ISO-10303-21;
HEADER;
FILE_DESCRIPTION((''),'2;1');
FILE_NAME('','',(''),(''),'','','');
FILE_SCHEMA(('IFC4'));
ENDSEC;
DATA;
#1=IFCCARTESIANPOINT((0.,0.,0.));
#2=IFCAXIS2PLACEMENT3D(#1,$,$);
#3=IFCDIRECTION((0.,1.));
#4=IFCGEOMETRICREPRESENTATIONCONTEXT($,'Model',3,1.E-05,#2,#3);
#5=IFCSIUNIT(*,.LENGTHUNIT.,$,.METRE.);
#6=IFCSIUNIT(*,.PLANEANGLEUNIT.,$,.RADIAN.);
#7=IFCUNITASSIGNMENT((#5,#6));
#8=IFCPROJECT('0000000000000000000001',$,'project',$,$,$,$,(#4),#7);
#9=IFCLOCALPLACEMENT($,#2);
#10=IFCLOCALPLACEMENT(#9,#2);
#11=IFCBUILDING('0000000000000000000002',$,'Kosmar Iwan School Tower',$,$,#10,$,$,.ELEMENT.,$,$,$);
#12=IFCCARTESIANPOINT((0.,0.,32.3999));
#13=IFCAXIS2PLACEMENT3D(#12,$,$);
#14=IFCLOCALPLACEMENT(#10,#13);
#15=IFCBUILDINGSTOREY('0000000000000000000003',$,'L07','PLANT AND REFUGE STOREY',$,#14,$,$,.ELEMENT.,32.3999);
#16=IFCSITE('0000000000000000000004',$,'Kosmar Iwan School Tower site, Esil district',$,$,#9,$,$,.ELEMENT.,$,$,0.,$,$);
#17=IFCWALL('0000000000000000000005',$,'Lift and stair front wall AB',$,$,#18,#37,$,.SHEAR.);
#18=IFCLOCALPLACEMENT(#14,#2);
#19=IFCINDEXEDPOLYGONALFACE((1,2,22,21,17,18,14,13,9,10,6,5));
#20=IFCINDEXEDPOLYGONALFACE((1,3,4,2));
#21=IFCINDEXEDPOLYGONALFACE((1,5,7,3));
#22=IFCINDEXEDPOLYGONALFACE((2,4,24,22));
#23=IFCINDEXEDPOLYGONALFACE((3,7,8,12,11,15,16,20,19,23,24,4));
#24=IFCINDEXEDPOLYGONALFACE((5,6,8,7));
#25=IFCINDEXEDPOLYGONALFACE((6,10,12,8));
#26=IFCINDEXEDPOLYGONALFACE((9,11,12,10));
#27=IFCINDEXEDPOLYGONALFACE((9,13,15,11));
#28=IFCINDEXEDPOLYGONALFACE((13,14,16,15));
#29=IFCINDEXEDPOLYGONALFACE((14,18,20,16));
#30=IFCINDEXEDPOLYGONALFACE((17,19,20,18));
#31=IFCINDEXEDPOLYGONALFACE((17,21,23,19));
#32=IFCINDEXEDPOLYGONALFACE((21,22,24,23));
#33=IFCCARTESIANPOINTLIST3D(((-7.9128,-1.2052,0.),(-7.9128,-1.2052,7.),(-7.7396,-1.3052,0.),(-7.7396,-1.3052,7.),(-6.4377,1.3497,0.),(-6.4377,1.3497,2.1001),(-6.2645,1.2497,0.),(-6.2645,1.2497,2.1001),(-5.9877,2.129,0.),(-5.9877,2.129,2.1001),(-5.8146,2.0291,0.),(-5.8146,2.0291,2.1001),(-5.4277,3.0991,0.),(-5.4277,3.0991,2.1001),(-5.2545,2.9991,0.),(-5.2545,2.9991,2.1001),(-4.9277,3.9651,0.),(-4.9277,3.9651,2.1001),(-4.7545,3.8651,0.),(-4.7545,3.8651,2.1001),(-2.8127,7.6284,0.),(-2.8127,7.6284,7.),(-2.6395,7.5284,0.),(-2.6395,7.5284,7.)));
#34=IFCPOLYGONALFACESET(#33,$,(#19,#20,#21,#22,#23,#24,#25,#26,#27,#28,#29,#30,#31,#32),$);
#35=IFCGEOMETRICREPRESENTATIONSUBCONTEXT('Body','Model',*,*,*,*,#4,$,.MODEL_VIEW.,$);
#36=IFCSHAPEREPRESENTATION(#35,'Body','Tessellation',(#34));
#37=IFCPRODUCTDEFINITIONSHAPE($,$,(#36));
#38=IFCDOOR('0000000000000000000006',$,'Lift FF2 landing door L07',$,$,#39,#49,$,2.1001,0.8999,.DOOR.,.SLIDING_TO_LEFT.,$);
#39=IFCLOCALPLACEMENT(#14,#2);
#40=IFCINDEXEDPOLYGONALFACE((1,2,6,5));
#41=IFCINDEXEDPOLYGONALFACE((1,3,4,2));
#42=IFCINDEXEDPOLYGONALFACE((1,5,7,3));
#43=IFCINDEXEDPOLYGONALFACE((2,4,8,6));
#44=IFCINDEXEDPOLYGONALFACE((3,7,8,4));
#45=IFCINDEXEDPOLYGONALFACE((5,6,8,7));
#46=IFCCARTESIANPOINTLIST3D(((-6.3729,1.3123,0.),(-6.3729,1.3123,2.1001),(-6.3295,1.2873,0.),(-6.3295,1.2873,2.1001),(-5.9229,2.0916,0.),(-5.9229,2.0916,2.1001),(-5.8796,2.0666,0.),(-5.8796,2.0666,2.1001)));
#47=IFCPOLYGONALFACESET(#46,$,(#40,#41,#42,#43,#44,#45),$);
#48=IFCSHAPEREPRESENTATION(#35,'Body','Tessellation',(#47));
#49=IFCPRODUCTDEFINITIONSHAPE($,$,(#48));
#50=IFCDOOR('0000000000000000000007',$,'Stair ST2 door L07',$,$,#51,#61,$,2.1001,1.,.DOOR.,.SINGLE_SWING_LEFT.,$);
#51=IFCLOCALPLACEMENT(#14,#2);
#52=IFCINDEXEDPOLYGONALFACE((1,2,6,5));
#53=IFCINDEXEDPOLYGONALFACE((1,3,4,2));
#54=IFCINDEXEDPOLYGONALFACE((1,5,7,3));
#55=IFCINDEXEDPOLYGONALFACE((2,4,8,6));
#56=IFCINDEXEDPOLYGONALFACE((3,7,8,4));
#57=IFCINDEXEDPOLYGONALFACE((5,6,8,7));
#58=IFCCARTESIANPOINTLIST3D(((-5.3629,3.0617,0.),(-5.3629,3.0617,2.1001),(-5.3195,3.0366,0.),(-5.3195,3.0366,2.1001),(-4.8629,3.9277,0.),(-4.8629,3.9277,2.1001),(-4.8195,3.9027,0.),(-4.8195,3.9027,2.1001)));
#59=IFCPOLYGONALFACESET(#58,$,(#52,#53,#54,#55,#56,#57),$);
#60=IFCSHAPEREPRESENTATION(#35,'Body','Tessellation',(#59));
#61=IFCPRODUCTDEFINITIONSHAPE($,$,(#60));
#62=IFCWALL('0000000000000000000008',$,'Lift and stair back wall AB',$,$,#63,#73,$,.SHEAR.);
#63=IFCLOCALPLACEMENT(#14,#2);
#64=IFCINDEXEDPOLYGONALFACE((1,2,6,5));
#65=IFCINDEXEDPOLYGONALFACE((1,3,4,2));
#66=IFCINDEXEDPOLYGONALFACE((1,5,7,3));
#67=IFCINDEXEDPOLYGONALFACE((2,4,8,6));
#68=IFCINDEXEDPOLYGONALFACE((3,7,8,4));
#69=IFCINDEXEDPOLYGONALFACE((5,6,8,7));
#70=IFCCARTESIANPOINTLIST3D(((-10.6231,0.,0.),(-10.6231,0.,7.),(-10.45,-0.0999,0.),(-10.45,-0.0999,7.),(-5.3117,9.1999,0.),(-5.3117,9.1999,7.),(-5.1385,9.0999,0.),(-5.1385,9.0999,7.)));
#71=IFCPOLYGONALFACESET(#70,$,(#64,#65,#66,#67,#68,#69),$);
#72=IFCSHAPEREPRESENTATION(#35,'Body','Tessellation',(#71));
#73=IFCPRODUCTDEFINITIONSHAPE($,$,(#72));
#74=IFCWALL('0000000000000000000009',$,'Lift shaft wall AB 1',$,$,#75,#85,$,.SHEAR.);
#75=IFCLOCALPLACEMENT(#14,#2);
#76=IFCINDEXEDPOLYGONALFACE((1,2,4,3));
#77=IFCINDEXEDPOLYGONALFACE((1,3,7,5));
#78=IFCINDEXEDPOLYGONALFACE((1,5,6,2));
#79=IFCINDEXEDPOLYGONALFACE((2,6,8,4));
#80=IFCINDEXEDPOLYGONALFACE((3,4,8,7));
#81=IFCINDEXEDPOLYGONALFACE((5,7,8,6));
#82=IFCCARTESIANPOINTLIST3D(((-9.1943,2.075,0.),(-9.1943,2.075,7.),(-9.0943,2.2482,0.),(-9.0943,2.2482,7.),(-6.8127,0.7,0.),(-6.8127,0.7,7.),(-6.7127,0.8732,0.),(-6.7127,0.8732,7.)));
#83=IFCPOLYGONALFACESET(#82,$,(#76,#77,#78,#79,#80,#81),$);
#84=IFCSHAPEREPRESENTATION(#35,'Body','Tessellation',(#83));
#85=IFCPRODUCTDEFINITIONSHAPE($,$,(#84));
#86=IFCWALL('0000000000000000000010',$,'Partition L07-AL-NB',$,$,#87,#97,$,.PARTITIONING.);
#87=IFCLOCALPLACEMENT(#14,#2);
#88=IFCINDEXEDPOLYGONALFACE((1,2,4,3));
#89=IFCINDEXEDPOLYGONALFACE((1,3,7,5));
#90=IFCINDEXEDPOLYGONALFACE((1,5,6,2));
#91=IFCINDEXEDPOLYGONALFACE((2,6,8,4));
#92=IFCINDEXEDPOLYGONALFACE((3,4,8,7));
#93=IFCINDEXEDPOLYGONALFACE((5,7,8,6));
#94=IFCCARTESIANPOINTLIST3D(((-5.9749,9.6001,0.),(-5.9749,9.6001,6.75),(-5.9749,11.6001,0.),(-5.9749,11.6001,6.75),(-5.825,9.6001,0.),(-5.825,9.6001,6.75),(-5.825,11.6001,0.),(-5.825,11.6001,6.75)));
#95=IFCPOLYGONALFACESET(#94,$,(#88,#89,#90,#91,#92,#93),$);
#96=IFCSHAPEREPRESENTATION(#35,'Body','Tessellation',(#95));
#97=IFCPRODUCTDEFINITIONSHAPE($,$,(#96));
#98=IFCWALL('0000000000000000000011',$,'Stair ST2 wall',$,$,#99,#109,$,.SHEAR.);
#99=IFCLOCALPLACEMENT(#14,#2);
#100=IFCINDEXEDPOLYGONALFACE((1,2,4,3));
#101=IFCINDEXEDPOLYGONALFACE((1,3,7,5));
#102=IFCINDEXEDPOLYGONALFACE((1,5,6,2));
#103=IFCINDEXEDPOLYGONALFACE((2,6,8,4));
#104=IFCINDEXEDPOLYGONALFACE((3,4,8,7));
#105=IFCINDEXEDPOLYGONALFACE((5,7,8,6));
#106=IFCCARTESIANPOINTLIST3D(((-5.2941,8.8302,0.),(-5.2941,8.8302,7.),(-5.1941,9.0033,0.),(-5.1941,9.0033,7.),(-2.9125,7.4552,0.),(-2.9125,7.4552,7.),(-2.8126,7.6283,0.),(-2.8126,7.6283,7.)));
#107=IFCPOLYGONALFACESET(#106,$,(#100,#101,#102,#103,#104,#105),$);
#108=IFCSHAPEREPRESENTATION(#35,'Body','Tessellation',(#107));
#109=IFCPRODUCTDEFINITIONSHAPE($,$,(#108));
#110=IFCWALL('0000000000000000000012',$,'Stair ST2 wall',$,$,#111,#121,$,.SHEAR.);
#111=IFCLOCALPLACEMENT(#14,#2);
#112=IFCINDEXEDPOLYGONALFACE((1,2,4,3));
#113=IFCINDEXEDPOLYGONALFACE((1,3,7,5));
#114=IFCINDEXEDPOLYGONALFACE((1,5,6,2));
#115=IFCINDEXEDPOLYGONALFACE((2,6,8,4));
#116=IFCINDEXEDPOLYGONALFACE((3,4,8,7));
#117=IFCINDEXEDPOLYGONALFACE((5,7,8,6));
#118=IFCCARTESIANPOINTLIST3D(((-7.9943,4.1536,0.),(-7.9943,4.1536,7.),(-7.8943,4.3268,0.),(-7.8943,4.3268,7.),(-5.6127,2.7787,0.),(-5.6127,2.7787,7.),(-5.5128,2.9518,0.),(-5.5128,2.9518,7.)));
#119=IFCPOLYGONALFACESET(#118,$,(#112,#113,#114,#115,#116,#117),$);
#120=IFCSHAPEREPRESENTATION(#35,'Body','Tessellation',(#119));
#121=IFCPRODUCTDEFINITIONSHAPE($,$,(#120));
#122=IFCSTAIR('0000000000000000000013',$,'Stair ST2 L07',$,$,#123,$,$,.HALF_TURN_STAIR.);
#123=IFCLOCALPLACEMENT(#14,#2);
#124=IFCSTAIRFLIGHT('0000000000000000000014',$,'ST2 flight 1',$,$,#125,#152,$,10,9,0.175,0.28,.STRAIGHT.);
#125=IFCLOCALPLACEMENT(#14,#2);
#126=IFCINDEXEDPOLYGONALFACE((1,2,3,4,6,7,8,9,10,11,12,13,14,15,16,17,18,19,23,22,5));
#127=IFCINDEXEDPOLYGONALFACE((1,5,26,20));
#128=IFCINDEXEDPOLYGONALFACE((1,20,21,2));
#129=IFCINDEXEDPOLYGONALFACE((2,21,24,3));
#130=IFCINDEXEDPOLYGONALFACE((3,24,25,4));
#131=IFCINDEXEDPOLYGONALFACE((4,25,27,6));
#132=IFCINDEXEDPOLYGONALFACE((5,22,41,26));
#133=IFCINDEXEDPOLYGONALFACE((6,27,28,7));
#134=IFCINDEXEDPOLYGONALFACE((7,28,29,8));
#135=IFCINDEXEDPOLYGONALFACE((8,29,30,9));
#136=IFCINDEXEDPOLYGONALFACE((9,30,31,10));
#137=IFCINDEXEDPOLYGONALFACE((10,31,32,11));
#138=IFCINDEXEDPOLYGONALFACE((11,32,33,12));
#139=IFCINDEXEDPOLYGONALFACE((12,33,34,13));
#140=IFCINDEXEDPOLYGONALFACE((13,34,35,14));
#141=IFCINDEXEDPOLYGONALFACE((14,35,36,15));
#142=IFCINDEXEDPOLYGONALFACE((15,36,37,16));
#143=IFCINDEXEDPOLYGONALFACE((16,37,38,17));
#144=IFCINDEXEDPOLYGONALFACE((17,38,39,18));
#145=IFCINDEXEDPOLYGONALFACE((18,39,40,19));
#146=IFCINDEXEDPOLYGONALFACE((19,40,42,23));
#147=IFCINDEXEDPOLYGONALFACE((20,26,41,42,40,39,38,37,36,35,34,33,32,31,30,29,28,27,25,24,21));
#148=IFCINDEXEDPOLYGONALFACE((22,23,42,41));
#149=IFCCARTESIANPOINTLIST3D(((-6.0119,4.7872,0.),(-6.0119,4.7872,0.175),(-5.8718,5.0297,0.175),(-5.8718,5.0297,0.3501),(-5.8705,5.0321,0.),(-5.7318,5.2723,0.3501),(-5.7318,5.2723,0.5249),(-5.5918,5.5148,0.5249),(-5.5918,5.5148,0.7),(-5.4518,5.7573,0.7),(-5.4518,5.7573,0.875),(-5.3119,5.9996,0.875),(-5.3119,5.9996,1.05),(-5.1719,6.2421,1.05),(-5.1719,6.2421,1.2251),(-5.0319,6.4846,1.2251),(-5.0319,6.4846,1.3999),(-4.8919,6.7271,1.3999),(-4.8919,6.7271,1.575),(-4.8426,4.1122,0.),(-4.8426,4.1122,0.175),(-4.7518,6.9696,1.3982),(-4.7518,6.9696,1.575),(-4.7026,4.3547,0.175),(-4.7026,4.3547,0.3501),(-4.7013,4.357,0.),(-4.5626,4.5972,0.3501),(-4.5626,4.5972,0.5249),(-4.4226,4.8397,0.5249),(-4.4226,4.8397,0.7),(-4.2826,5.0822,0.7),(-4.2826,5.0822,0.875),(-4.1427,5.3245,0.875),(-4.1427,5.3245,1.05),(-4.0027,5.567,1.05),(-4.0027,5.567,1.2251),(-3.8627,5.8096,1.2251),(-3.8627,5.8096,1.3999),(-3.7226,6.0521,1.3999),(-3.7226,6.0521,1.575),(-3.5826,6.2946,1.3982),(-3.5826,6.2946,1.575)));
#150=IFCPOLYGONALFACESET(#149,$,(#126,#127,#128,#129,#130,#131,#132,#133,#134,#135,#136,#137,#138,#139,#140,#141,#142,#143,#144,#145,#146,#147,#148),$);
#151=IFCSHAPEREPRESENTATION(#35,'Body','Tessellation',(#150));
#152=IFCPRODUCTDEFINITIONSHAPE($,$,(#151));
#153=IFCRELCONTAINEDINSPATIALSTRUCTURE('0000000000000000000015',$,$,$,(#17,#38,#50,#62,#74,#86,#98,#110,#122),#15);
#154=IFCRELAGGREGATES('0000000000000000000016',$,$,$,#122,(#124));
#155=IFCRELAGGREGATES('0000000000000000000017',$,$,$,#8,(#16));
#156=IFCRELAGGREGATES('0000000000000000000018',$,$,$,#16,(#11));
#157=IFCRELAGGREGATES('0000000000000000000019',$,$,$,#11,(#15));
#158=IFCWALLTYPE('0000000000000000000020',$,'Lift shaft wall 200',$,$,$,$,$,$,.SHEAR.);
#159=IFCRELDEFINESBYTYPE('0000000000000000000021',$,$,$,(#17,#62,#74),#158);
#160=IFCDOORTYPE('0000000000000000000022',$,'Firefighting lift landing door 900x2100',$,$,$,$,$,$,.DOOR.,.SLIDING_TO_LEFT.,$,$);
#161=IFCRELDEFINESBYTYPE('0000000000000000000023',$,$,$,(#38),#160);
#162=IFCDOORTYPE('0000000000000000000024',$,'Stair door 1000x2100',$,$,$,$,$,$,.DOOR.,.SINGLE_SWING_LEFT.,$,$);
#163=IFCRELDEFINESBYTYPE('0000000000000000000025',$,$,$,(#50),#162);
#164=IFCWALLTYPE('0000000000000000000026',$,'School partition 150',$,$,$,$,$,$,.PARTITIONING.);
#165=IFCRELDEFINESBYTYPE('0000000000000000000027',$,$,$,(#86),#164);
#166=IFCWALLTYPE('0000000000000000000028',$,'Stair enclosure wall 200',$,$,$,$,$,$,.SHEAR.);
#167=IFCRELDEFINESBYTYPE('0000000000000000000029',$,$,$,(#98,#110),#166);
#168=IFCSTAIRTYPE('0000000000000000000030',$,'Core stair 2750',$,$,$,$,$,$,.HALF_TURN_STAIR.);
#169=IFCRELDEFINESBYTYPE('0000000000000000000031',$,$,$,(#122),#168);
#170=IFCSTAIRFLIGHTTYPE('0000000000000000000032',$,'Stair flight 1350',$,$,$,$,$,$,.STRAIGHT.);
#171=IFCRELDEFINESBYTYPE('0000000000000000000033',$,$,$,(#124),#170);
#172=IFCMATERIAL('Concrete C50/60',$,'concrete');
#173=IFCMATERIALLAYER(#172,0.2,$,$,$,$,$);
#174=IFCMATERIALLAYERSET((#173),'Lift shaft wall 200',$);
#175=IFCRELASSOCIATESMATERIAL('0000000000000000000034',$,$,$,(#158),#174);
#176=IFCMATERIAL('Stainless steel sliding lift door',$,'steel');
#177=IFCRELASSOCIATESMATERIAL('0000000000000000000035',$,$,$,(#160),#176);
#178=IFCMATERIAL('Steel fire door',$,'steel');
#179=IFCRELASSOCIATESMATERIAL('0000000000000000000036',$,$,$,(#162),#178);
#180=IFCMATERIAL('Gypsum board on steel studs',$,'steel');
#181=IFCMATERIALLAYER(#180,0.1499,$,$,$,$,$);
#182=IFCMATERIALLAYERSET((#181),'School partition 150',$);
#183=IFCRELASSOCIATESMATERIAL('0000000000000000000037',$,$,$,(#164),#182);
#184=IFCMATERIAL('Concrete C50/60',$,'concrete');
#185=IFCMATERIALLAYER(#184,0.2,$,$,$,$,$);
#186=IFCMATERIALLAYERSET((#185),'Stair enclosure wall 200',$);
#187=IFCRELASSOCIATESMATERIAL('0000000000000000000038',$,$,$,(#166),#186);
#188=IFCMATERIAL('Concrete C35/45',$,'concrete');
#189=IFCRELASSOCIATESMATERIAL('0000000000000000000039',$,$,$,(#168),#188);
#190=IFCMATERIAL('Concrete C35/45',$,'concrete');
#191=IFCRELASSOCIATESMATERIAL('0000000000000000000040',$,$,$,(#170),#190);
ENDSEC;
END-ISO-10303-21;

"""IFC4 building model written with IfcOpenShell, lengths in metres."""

from ifc_helpers import new_model, si_unit, direction, frame, frame_2d, origin, place, context, subcontext, project, spatial, polyline, rectangle, outline, extrude, material, layer, layer_set, type_object, element, fill, aggregate, save


model = new_model("IFC4")

# Units and contexts
model_context = context("Model", 3, precision=1e-05, world=origin(), true_north=direction((0.0, 1.0)))
body_context = subcontext(model_context, "Body", "Model", "MODEL_VIEW")
ifc_project = project(units=[si_unit("LENGTHUNIT", "METRE"), si_unit("PLANEANGLEUNIT", "RADIAN")], contexts=[model_context])

# Site, building, storey
site_placement = place(None, origin())
site = spatial("IfcSite", under=ifc_project, at=site_placement, Name="Kosmar Iwan School Tower site, Esil district", CompositionType="ELEMENT", RefElevation=0.0)
building_placement = place(site_placement, origin())
building = spatial("IfcBuilding", under=site, at=building_placement, Name="Kosmar Iwan School Tower", CompositionType="ELEMENT")
storey_placement = place(building_placement, frame((0.0, 0.0, 32.3999)))
storey = spatial("IfcBuildingStorey", under=building, at=storey_placement, Name="L07", Description="PLANT AND REFUGE STOREY", CompositionType="ELEMENT", Elevation=32.3999)

# Wall, openings, doors
ifc_material_1 = material(Name="Concrete C50/60", Category="concrete")
ifc_layer_1 = layer(ifc_material_1, 0.2)
ifc_layer_set_1 = layer_set([ifc_layer_1], Name="Lift shaft wall 200")
wall_type_1 = type_object("IfcWallType", Name="Lift shaft wall 200", PredefinedType="SHEAR", material=ifc_layer_set_1)
wall_1_placement = place(storey_placement, frame((-2.7261, 7.5784, 0.0), z_axis=(0.0, 0.0, 1.0), x_axis=(-0.500006, -0.866022, 0.0)))
wall_1 = element("IfcWall", 1, at=wall_1_placement, inside=storey, type_object=wall_type_1, Name="Lift and stair front wall AB", PredefinedType="SHEAR", context=body_context, shape_type="SweptSolid", body=[
    extrude(rectangle(XDim=10.2002, YDim=0.2, at=frame_2d((5.1001, 0.0))), origin(), (0.0, 0.0, 1.0), 7.0),
])
opening_1_placement = place(wall_1_placement, frame((6.3501, 0.0, 0.0)))
opening_1 = element("IfcOpeningElement", 2, at=opening_1_placement, cuts=wall_1, PredefinedType="OPENING", context=body_context, shape_type="SweptSolid", body=[
    extrude(rectangle(XDim=0.8999, YDim=2.1001, at=frame_2d((0.45, 1.05))), frame((0.0, 0.1121, 0.0), z_axis=(0.0, -1.0, 0.0), x_axis=(1.0, 0.0, 0.0)), (0.0, 0.0, 1.0), 0.2239),
])
opening_2_placement = place(wall_1_placement, frame((4.23, 0.0, 0.0)))
opening_2 = element("IfcOpeningElement", 3, at=opening_2_placement, cuts=wall_1, PredefinedType="OPENING", context=body_context, shape_type="SweptSolid", body=[
    extrude(rectangle(XDim=1.0, YDim=2.1001, at=frame_2d((0.5, 1.05))), frame((0.0, 0.1121, 0.0), z_axis=(0.0, -1.0, 0.0), x_axis=(1.0, 0.0, 0.0)), (0.0, 0.0, 1.0), 0.2239),
])
ifc_material_2 = material(Name="Stainless steel sliding lift door", Category="steel")
door_type_1 = type_object("IfcDoorType", Name="Firefighting lift landing door 900x2100", OperationType="SLIDING_TO_LEFT", PredefinedType="DOOR", material=ifc_material_2)
door_1_placement = place(opening_1_placement, origin())
door_1 = element("IfcDoor", 4, at=door_1_placement, inside=storey, type_object=door_type_1, Name="Lift FF2 landing door L07", OperationType="SLIDING_TO_LEFT", OverallHeight=2.1001, OverallWidth=0.8999, PredefinedType="DOOR", context=body_context, shape_type="SweptSolid", body=[
    extrude(rectangle(XDim=0.8999, YDim=2.1001, at=frame_2d((0.45, 1.05))), frame((0.0, 0.0249, 0.0), z_axis=(0.0, -1.0, 0.0), x_axis=(1.0, 0.0, 0.0)), (0.0, 0.0, 1.0), 0.05),
])
fill(opening_1, door_1)
ifc_material_3 = material(Name="Steel fire door", Category="steel")
door_type_2 = type_object("IfcDoorType", Name="Stair door 1000x2100", OperationType="SINGLE_SWING_LEFT", PredefinedType="DOOR", material=ifc_material_3)
door_2_placement = place(opening_2_placement, origin())
door_2 = element("IfcDoor", 5, at=door_2_placement, inside=storey, type_object=door_type_2, Name="Stair ST2 door L07", OperationType="SINGLE_SWING_LEFT", OverallHeight=2.1001, OverallWidth=1.0, PredefinedType="DOOR", context=body_context, shape_type="SweptSolid", body=[
    extrude(rectangle(XDim=1.0, YDim=2.1001, at=frame_2d((0.5, 1.05))), frame((0.0, 0.0249, 0.0), z_axis=(0.0, -1.0, 0.0), x_axis=(1.0, 0.0, 0.0)), (0.0, 0.0, 1.0), 0.05),
])
fill(opening_2, door_2)

# Walls
wall_2_placement = place(storey_placement, frame((-5.2251, 9.1499, 0.0), z_axis=(0.0, 0.0, 1.0), x_axis=(-0.499995, -0.866028, 0.0)))
element("IfcWall", 6, at=wall_2_placement, inside=storey, type_object=wall_type_1, Name="Lift and stair back wall AB", PredefinedType="SHEAR", context=body_context, shape_type="SweptSolid", body=[
    extrude(rectangle(XDim=10.623, YDim=0.2, at=frame_2d((5.3115, 0.0))), origin(), (0.0, 0.0, 1.0), 7.0),
])
wall_3_placement = place(storey_placement, frame((-6.7627, 0.7866, 0.0), z_axis=(0.0, 0.0, 1.0), x_axis=(-0.866027, 0.499997, 0.0)))
element("IfcWall", 7, at=wall_3_placement, inside=storey, type_object=wall_type_1, Name="Lift shaft wall AB 1", PredefinedType="SHEAR", context=body_context, shape_type="SweptSolid", body=[
    extrude(rectangle(XDim=2.75, YDim=0.2, at=frame_2d((1.375, 0.0))), origin(), (0.0, 0.0, 1.0), 7.0),
])
ifc_material_4 = material(Name="Gypsum board on steel studs", Category="steel")
ifc_layer_2 = layer(ifc_material_4, 0.1499)
ifc_layer_set_2 = layer_set([ifc_layer_2], Name="School partition 150")
wall_type_2 = type_object("IfcWallType", Name="School partition 150", PredefinedType="PARTITIONING", material=ifc_layer_set_2)
wall_4_placement = place(storey_placement, frame((-5.8999, 9.6001, 0.0), z_axis=(0.0, 0.0, 1.0), x_axis=(0.0, 1.0, 0.0)))
element("IfcWall", 8, at=wall_4_placement, inside=storey, type_object=wall_type_2, Name="Partition L07-AL-NB", PredefinedType="PARTITIONING", context=body_context, shape_type="SweptSolid", body=[
    extrude(rectangle(XDim=2.0, YDim=0.1499, at=frame_2d((1.0, 0.0))), origin(), (0.0, 0.0, 1.0), 6.75),
])
ifc_material_5 = material(Name="Concrete C50/60", Category="concrete")
ifc_layer_3 = layer(ifc_material_5, 0.2)
ifc_layer_set_3 = layer_set([ifc_layer_3], Name="Stair enclosure wall 200")
wall_type_3 = type_object("IfcWallType", Name="Stair enclosure wall 200", PredefinedType="SHEAR", material=ifc_layer_set_3)
for number, where, z_axis, x_axis, name in (
    (9, (-2.8625, 7.5417, 0.0), (0.0, 0.0, 1.0), (-0.866027, 0.499997, 0.0), "Stair ST2 wall"),
    (10, (-5.5627, 2.8652, 0.0), (0.0, 0.0, 1.0), (-0.866027, 0.499997, 0.0), "Stair ST2 wall"),
):
    element("IfcWall", number, at=place(storey_placement, frame(where, z_axis=z_axis, x_axis=x_axis)), inside=storey, type_object=wall_type_3, Name=name, PredefinedType="SHEAR", context=body_context, shape_type="SweptSolid", body=[
        extrude(rectangle(XDim=2.75, YDim=0.2, at=frame_2d((1.375, 0.0))), origin(), (0.0, 0.0, 1.0), 7.0),
    ])

# Stair, stair flight
ifc_material_6 = material(Name="Concrete C35/45", Category="concrete")
stair_type = type_object("IfcStairType", Name="Core stair 2750", PredefinedType="HALF_TURN_STAIR", material=ifc_material_6)
stair_placement = place(storey_placement, origin())
stair = element("IfcStair", 11, at=stair_placement, inside=storey, type_object=stair_type, Name="Stair ST2 L07", PredefinedType="HALF_TURN_STAIR")
ifc_material_7 = material(Name="Concrete C35/45", Category="concrete")
stair_flight_type = type_object("IfcStairFlightType", Name="Stair flight 1350", PredefinedType="STRAIGHT", material=ifc_material_7)
stair_flight_1_placement = place(storey_placement, frame((-5.4272, 4.4497, 0.0), z_axis=(0.0, 0.0, 1.0), x_axis=(0.5, 0.866025, 0.0)))
stair_flight_1 = element("IfcStairFlight", 12, at=stair_flight_1_placement, type_object=stair_flight_type, Name="ST2 flight 1", NumberOfRisers=10, NumberOfTreads=9, PredefinedType="STRAIGHT", RiserHeight=0.175, TreadLength=0.28, context=body_context, shape_type="SweptSolid", body=[
    extrude(outline(polyline([(0.0, 0.0), (0.0, 0.175), (0.28, 0.175), (0.28, 0.3501), (0.5601, 0.3501), (0.5601, 0.5249), (0.8401, 0.5249), (0.8401, 0.7), (1.1201, 0.7), (1.1201, 0.875), (1.3999, 0.875), (1.3999, 1.05), (1.6799, 1.05), (1.6799, 1.2251), (1.96, 1.2251), (1.96, 1.3999), (2.24, 1.3999), (2.24, 1.575), (2.52, 1.575), (2.52, 1.75), (2.52, 1.3982), (0.2827, 0.0), (0.0, 0.0)])), frame((0.0, 0.675, 0.0), z_axis=(0.0, -1.0, 0.0), x_axis=(1.0, 0.0, 0.0)), (0.0, 0.0, 1.0), 1.3501),
])
aggregate(stair, [stair_flight_1])

save(model, "model.ifc")
